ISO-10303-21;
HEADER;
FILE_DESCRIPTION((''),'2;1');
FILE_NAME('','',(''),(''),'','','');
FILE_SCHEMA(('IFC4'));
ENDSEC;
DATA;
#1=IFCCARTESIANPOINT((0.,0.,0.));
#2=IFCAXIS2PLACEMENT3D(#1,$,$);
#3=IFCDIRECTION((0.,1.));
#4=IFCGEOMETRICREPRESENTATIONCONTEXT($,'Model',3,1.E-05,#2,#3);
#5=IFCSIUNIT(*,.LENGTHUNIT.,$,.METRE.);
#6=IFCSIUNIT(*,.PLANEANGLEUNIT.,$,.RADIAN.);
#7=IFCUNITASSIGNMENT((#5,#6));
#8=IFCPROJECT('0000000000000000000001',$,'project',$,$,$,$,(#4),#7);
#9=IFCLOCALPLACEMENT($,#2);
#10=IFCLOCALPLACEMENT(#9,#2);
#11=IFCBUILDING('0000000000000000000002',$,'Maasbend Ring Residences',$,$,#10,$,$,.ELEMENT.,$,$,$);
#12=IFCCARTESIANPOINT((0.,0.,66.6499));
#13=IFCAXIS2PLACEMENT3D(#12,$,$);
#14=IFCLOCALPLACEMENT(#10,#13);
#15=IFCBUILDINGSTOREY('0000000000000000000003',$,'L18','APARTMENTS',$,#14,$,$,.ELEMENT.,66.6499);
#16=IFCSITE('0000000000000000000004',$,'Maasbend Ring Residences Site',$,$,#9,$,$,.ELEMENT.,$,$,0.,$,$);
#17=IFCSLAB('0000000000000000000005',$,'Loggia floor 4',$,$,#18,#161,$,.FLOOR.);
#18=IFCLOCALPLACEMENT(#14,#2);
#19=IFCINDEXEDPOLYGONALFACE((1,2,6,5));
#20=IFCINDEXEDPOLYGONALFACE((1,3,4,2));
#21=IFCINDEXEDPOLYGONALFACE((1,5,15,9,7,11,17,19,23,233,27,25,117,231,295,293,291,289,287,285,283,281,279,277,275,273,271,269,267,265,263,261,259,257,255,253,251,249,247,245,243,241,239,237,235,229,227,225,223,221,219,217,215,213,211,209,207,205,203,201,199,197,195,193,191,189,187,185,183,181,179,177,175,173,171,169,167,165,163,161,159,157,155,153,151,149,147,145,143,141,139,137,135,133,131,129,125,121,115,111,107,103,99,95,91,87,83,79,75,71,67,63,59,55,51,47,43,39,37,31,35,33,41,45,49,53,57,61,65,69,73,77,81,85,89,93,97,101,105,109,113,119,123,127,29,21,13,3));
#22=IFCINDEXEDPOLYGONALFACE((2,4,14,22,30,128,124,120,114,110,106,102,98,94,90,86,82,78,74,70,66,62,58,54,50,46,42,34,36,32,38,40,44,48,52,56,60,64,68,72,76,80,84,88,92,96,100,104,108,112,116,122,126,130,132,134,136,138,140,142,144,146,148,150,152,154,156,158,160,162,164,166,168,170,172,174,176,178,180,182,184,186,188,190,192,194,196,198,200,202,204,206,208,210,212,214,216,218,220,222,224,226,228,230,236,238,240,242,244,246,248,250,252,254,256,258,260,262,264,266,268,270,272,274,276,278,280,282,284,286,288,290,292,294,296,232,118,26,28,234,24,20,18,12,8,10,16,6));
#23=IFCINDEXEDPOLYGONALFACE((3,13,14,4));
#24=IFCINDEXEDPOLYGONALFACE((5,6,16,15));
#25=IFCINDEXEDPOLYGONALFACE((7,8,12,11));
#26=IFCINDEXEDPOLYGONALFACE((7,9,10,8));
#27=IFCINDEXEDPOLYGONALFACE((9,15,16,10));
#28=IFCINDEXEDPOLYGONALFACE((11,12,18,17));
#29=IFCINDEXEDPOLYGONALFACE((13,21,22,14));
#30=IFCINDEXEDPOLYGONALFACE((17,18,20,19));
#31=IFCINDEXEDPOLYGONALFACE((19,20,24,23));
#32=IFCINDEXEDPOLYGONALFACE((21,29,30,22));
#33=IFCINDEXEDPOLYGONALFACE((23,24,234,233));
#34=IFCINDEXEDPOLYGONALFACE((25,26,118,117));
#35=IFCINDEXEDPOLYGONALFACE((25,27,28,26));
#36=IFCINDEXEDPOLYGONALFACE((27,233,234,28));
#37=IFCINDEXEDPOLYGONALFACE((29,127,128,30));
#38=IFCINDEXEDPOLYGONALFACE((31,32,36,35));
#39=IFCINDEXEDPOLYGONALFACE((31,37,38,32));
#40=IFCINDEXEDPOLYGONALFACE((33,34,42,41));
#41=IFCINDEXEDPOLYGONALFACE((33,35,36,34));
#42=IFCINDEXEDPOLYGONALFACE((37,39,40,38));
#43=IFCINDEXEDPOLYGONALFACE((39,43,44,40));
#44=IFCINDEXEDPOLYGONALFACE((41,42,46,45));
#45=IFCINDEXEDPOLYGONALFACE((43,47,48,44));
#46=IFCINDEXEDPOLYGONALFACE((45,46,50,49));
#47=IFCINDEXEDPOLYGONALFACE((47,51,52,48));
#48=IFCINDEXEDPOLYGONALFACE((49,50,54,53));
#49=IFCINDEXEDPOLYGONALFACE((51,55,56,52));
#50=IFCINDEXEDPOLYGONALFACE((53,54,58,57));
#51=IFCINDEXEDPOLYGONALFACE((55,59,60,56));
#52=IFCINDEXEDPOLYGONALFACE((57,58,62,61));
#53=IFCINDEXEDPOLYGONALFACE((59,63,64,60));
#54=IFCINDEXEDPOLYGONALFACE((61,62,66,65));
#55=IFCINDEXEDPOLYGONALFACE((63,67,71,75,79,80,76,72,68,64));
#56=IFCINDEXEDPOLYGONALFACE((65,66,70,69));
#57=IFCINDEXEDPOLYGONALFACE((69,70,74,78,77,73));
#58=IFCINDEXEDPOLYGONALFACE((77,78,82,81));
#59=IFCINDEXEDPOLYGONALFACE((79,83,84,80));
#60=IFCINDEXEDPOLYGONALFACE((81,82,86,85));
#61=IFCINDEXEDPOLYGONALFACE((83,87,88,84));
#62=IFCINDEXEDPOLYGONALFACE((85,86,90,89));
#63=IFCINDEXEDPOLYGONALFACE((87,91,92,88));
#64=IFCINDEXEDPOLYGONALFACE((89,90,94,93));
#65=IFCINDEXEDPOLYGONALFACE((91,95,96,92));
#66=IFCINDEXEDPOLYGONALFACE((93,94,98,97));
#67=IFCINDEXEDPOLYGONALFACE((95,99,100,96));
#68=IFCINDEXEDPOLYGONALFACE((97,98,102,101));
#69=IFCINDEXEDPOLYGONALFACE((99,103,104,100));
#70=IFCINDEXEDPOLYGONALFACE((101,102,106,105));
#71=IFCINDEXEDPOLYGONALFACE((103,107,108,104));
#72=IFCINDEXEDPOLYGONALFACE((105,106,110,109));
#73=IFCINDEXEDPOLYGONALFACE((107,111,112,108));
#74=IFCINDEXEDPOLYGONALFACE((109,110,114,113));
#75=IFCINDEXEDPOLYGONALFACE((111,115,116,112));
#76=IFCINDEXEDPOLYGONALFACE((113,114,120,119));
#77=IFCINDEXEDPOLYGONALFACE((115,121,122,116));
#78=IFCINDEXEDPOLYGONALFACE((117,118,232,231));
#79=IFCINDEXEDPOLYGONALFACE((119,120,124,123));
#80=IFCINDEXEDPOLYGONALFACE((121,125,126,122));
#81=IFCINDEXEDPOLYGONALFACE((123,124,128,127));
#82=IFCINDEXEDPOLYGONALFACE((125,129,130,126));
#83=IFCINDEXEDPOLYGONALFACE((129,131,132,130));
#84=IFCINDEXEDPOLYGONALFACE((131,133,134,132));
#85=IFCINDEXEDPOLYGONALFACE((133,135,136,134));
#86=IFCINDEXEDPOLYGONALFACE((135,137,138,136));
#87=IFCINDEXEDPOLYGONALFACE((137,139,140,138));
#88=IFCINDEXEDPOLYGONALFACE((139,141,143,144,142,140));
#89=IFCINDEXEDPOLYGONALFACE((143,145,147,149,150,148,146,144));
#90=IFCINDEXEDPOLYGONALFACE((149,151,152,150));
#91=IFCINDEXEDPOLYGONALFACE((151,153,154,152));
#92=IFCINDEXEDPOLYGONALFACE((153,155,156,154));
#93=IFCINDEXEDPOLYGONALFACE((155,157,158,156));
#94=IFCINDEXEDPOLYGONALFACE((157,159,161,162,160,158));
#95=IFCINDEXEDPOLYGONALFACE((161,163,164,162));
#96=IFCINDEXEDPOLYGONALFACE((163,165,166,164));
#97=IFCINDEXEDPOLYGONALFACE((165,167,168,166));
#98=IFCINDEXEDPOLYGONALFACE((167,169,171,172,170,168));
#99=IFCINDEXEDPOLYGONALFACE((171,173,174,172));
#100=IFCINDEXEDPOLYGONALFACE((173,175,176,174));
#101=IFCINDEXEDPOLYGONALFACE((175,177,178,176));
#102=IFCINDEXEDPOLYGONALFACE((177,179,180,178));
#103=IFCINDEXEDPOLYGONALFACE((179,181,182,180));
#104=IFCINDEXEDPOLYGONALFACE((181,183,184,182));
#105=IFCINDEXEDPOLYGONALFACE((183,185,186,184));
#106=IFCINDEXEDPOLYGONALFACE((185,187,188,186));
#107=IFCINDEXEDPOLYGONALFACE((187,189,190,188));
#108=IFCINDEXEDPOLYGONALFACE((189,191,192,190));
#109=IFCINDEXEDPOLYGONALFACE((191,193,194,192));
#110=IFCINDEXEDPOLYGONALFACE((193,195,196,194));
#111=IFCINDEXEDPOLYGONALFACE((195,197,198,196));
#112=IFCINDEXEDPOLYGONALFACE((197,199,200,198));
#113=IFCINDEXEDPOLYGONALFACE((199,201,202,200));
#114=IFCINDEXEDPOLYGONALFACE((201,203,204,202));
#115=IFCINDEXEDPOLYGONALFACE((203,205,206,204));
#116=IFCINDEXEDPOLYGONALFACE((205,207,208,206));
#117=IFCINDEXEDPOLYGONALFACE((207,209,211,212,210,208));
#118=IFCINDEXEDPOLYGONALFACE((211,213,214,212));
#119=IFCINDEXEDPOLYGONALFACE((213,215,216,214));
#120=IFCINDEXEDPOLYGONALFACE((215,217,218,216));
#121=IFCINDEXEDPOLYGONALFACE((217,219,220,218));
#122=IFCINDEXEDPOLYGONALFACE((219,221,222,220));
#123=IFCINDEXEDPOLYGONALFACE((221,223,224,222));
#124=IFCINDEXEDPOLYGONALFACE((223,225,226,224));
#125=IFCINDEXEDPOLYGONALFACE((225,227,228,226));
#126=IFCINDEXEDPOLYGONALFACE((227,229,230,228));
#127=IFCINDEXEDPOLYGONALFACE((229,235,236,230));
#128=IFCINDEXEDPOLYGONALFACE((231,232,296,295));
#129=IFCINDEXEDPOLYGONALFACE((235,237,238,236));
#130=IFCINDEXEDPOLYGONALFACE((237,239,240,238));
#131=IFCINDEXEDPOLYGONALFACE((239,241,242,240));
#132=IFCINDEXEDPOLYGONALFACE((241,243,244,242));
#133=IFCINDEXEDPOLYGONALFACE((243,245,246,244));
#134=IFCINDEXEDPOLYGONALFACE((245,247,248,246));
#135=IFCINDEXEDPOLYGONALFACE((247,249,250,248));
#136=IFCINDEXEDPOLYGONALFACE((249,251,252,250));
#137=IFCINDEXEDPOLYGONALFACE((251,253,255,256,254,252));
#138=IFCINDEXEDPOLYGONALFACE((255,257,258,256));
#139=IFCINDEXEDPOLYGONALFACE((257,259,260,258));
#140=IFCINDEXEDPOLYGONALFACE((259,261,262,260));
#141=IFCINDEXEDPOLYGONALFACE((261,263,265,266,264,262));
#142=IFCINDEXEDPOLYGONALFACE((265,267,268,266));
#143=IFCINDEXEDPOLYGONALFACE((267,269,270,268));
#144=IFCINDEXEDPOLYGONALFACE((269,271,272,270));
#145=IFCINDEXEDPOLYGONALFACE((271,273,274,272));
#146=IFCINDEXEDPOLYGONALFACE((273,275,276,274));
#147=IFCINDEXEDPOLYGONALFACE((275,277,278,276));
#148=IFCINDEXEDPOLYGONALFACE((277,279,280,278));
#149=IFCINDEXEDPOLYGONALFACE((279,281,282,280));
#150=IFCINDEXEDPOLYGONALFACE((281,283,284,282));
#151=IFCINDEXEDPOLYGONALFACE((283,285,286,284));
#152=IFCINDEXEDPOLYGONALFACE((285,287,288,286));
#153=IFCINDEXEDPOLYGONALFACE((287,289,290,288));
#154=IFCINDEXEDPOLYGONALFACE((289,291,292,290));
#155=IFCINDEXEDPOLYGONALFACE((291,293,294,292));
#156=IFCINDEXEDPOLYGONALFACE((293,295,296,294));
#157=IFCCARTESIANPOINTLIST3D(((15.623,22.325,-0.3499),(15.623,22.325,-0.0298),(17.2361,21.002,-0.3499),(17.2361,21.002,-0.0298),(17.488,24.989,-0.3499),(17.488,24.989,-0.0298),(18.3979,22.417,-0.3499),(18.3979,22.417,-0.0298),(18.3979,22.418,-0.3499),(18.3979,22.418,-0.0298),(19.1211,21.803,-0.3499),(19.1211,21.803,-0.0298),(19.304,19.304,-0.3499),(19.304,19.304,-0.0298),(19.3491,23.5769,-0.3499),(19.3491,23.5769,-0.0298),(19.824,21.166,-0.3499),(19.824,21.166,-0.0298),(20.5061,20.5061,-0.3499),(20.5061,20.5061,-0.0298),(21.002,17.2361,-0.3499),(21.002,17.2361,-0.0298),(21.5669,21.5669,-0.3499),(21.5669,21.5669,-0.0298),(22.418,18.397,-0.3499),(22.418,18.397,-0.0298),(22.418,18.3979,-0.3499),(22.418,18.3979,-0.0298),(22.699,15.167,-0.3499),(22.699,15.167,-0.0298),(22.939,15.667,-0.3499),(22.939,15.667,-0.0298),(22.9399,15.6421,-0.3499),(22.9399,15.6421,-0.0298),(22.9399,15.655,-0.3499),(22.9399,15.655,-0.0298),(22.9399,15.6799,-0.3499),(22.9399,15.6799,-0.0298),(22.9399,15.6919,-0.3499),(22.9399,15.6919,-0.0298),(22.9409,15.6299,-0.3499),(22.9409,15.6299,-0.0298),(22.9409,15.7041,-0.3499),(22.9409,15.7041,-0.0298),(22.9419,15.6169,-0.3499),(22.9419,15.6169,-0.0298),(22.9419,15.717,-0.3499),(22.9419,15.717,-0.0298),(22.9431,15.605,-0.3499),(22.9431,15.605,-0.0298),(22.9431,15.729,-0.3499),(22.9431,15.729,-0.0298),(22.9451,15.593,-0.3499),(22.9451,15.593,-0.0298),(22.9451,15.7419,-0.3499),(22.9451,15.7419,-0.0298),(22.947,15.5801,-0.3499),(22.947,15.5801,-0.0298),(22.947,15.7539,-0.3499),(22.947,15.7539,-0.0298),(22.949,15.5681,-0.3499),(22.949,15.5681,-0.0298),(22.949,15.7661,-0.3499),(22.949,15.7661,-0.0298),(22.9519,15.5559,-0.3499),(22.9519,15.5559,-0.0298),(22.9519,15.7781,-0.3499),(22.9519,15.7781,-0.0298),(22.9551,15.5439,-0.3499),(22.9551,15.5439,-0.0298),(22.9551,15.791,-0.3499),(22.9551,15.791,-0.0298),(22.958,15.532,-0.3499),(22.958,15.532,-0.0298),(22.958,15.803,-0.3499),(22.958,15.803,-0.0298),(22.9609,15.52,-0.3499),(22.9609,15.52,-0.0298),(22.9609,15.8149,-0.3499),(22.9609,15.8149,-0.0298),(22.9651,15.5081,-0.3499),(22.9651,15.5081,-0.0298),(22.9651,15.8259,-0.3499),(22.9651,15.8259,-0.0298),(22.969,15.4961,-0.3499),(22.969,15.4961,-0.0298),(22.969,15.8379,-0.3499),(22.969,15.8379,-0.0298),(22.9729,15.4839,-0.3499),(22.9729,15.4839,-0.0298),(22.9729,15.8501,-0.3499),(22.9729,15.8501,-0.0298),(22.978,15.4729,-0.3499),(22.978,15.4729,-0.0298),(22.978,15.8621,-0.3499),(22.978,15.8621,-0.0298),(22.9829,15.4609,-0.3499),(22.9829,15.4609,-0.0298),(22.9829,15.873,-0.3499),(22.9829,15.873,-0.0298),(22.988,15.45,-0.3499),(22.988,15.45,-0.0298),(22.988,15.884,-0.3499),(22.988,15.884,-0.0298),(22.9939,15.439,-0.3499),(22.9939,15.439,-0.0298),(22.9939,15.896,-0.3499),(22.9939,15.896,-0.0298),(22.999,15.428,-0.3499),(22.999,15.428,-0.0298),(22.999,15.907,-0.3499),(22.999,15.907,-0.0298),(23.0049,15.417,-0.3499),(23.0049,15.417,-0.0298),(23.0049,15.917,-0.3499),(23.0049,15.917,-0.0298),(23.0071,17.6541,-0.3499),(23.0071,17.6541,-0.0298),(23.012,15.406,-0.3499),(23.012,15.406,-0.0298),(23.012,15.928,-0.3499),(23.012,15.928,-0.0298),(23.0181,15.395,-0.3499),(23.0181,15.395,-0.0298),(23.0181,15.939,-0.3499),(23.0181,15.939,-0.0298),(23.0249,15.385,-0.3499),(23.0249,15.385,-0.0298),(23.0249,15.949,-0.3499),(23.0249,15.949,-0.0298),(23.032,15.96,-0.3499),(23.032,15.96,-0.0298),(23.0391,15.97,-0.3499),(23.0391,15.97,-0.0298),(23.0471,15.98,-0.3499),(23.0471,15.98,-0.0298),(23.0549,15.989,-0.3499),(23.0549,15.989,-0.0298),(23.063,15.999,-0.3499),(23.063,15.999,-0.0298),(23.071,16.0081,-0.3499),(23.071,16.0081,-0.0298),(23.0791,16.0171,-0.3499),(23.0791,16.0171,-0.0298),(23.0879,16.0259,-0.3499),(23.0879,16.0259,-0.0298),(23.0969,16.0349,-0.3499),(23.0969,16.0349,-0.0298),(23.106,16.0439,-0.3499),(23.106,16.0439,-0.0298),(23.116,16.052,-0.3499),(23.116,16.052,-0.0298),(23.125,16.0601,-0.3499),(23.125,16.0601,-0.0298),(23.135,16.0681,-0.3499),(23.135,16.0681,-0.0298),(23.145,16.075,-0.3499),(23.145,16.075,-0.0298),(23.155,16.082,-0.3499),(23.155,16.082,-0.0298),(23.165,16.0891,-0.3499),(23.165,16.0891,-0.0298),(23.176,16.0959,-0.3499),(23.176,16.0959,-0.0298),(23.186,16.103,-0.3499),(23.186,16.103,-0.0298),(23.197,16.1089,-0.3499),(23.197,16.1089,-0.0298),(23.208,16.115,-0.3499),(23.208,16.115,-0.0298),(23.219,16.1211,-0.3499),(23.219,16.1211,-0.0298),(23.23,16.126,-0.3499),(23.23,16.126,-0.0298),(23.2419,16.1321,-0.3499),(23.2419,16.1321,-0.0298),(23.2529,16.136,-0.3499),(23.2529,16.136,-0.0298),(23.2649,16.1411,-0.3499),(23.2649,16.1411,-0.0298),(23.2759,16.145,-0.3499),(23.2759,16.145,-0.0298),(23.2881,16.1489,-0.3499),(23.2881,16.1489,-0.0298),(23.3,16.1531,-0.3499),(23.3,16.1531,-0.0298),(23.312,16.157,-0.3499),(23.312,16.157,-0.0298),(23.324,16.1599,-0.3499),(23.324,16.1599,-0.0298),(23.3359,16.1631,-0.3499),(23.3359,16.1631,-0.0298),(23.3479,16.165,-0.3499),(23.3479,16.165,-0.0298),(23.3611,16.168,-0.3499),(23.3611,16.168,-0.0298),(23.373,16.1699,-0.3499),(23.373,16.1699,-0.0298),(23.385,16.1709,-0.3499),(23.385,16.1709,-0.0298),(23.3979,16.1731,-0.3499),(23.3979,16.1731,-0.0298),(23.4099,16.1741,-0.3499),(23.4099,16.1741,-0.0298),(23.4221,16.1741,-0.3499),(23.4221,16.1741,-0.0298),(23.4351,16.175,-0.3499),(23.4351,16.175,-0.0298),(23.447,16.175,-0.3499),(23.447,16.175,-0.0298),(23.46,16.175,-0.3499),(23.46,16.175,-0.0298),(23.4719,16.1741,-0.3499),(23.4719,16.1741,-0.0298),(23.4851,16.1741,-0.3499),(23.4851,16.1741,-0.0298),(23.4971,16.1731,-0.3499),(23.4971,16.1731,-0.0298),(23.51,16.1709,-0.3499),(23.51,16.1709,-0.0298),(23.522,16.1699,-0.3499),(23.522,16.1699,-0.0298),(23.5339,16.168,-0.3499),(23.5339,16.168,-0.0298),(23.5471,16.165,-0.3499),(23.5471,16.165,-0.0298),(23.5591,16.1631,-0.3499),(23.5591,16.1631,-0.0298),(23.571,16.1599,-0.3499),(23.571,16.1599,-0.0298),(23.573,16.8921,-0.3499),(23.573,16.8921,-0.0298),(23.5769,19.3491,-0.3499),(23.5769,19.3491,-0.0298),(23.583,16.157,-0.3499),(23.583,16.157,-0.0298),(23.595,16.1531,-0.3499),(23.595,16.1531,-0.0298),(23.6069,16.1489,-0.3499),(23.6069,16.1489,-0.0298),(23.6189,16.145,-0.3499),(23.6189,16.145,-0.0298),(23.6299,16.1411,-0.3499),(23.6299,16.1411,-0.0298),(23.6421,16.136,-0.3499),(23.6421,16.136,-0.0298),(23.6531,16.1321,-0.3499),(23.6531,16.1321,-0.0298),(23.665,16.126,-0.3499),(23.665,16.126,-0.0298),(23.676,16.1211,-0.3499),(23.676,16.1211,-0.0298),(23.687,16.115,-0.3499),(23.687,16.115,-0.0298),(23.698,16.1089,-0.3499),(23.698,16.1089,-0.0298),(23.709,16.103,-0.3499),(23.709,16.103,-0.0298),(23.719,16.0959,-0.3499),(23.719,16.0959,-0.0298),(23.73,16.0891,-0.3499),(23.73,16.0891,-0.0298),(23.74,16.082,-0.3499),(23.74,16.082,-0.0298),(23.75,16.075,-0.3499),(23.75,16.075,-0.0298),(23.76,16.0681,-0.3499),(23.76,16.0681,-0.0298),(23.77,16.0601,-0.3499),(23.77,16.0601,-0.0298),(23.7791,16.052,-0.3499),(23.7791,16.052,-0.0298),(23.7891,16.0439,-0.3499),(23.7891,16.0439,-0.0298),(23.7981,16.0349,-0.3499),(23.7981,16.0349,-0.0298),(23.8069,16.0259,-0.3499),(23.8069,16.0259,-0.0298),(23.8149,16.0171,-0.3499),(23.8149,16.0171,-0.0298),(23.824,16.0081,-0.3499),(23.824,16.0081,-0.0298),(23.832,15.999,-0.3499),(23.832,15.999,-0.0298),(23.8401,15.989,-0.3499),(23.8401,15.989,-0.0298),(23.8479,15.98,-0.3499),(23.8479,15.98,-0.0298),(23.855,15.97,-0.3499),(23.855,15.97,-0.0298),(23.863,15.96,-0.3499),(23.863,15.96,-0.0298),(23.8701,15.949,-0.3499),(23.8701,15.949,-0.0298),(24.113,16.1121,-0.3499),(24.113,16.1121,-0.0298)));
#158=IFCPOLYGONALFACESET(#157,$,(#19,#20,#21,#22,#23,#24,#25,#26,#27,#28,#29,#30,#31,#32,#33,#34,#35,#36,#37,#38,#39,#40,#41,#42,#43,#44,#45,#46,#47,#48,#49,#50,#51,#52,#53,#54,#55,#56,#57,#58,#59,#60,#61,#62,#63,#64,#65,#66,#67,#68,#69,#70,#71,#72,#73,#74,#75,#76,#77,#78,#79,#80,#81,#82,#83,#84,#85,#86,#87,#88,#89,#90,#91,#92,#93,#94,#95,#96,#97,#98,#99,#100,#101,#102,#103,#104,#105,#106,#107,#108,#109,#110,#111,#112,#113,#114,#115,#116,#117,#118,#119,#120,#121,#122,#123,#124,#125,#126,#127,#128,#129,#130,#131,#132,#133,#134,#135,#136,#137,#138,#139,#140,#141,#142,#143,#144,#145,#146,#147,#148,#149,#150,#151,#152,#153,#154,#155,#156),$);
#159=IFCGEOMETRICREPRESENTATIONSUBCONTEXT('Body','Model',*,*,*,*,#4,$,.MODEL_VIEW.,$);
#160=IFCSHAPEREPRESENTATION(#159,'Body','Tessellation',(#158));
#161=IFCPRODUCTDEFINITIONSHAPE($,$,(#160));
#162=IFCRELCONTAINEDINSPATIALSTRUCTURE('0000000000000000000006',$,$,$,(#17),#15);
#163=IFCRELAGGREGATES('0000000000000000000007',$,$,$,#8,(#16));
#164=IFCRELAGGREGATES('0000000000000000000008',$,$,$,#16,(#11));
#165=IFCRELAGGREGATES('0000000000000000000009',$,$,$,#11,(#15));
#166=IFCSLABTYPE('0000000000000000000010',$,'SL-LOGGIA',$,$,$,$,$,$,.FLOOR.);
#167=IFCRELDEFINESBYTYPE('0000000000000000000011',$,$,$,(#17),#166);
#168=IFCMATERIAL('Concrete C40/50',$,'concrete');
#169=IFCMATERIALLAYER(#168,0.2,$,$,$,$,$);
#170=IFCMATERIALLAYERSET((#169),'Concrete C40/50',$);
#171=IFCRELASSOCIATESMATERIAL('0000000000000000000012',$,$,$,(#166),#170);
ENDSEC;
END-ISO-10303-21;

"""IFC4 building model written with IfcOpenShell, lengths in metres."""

from ifc_helpers import new_model, si_unit, direction, frame, origin, place, context, subcontext, project, spatial, polyline, outline, extrude, material, layer, layer_set, type_object, element, save


model = new_model("IFC4")

# Units and contexts
model_context = context("Model", 3, precision=1e-05, world=origin(), true_north=direction((0.0, 1.0)))
body_context = subcontext(model_context, "Body", "Model", "MODEL_VIEW")
ifc_project = project(units=[si_unit("LENGTHUNIT", "METRE"), si_unit("PLANEANGLEUNIT", "RADIAN")], contexts=[model_context])

# Site, building, storey
site_placement = place(None, origin())
site = spatial("IfcSite", under=ifc_project, at=site_placement, Name="Maasbend Ring Residences Site", CompositionType="ELEMENT", RefElevation=0.0)
building_placement = place(site_placement, origin())
building = spatial("IfcBuilding", under=site, at=building_placement, Name="Maasbend Ring Residences", CompositionType="ELEMENT")
storey_placement = place(building_placement, frame((0.0, 0.0, 66.6499)))
storey = spatial("IfcBuildingStorey", under=building, at=storey_placement, Name="L18", Description="APARTMENTS", CompositionType="ELEMENT", Elevation=66.6499)

# Slab
ifc_material_1 = material(Name="Concrete C40/50", Category="concrete")
ifc_layer_1 = layer(ifc_material_1, 0.2)
ifc_layer_set_1 = layer_set([ifc_layer_1], Name="Concrete C40/50")
slab_type_1 = type_object("IfcSlabType", Name="SL-LOGGIA", PredefinedType="FLOOR", material=ifc_layer_set_1)
slab_1_placement = place(storey_placement, frame((0.0, 0.0, -0.3499)))
element("IfcSlab", 1, at=slab_1_placement, inside=storey, type_object=slab_type_1, Name="Loggia floor 4", PredefinedType="FLOOR", context=body_context, shape_type="SweptSolid", body=[
    extrude(outline(polyline([(19.3491, 23.5769), (19.3491, 23.5769), (19.3491, 23.5769), (18.3979, 22.418), (18.3979, 22.418), (18.3979, 22.418), (18.3979, 22.418), (18.3979, 22.418), (18.3979, 22.417), (18.3979, 22.417), (18.3979, 22.417), (18.3979, 22.417), (18.3979, 22.417), (18.3979, 22.417), (18.3979, 22.417), (18.3979, 22.417), (18.3979, 22.417), (18.3979, 22.417), (18.3979, 22.417), (18.3979, 22.417), (19.1211, 21.803), (19.1211, 21.803), (19.824, 21.166), (19.824, 21.166), (20.5061, 20.5061), (20.5061, 20.5061), (20.5061, 20.5061), (20.5061, 20.5061), (20.5061, 20.5061), (20.5061, 20.5061), (20.5061, 20.5061), (20.5061, 20.5061), (20.5061, 20.5061), (20.5061, 20.5061), (20.5061, 20.5061), (20.5061, 20.5061), (20.5061, 20.5061), (20.5061, 20.5061), (20.5061, 20.5061), (20.5061, 20.5061), (20.5061, 20.5061), (21.5669, 21.5669), (21.5669, 21.5669), (21.5669, 21.5669), (23.5769, 19.3491), (23.5769, 19.3491), (23.5769, 19.3491), (22.418, 18.3979), (22.418, 18.3979), (22.418, 18.3979), (22.418, 18.3979), (22.418, 18.3979), (22.418, 18.3979), (22.418, 18.397), (22.418, 18.397), (22.418, 18.397), (22.418, 18.397), (22.418, 18.397), (22.418, 18.397), (22.418, 18.397), (22.418, 18.397), (22.418, 18.397), (22.418, 18.397), (22.418, 18.397), (23.0071, 17.6541), (23.0071, 17.6541), (23.573, 16.8921), (23.573, 16.8921), (24.113, 16.1121), (24.113, 16.1121), (24.113, 16.1121), (23.8701, 15.949), (23.8701, 15.949), (23.863, 15.96), (23.855, 15.97), (23.8479, 15.98), (23.8401, 15.989), (23.832, 15.999), (23.824, 16.0081), (23.8149, 16.0171), (23.8069, 16.0259), (23.7981, 16.0349), (23.7891, 16.0439), (23.7791, 16.052), (23.77, 16.0601), (23.76, 16.0681), (23.75, 16.075), (23.74, 16.082), (23.73, 16.0891), (23.719, 16.0959), (23.709, 16.103), (23.698, 16.1089), (23.687, 16.115), (23.676, 16.1211), (23.665, 16.126), (23.6531, 16.1321), (23.6421, 16.136), (23.6299, 16.1411), (23.6189, 16.145), (23.6069, 16.1489), (23.595, 16.1531), (23.583, 16.157), (23.571, 16.1599), (23.5591, 16.1631), (23.5471, 16.165), (23.5339, 16.168), (23.522, 16.1699), (23.51, 16.1709), (23.4971, 16.1731), (23.4851, 16.1741), (23.4719, 16.1741), (23.46, 16.175), (23.447, 16.175), (23.4351, 16.175), (23.4221, 16.1741), (23.4099, 16.1741), (23.3979, 16.1731), (23.385, 16.1709), (23.373, 16.1699), (23.3611, 16.168), (23.3479, 16.165), (23.3359, 16.1631), (23.324, 16.1599), (23.312, 16.157), (23.3, 16.1531), (23.2881, 16.1489), (23.2759, 16.145), (23.2649, 16.1411), (23.2529, 16.136), (23.2419, 16.1321), (23.23, 16.126), (23.219, 16.1211), (23.208, 16.115), (23.197, 16.1089), (23.186, 16.103), (23.176, 16.0959), (23.165, 16.0891), (23.155, 16.082), (23.145, 16.075), (23.135, 16.0681), (23.125, 16.0601), (23.116, 16.052), (23.106, 16.0439), (23.0969, 16.0349), (23.0879, 16.0259), (23.0791, 16.0171), (23.071, 16.0081), (23.063, 15.999), (23.0549, 15.989), (23.0471, 15.98), (23.0391, 15.97), (23.032, 15.96), (23.0249, 15.949), (23.0181, 15.939), (23.012, 15.928), (23.0049, 15.917), (22.999, 15.907), (22.9939, 15.896), (22.988, 15.884), (22.9829, 15.873), (22.978, 15.8621), (22.9729, 15.8501), (22.969, 15.8379), (22.9651, 15.8259), (22.9609, 15.8149), (22.958, 15.803), (22.9551, 15.791), (22.9519, 15.7781), (22.949, 15.7661), (22.947, 15.7539), (22.9451, 15.7419), (22.9431, 15.729), (22.9419, 15.717), (22.9409, 15.7041), (22.9399, 15.6919), (22.9399, 15.6799), (22.939, 15.667), (22.9399, 15.655), (22.9399, 15.6421), (22.9409, 15.6299), (22.9419, 15.6169), (22.9431, 15.605), (22.9451, 15.593), (22.947, 15.5801), (22.949, 15.5681), (22.9519, 15.5559), (22.9551, 15.5439), (22.958, 15.532), (22.9609, 15.52), (22.9651, 15.5081), (22.969, 15.4961), (22.9729, 15.4839), (22.978, 15.4729), (22.9829, 15.4609), (22.988, 15.45), (22.9939, 15.439), (22.999, 15.428), (23.0049, 15.417), (23.012, 15.406), (23.0181, 15.395), (23.0249, 15.385), (23.0249, 15.385), (22.699, 15.167), (22.699, 15.167), (22.699, 15.167), (21.002, 17.2361), (19.304, 19.304), (19.304, 19.304), (19.304, 19.304), (17.2361, 21.002), (15.623, 22.325), (15.623, 22.325), (15.623, 22.325), (17.488, 24.989), (17.488, 24.989), (17.488, 24.989), (19.3491, 23.5769)])), origin(), (0.0, 0.0, 1.0), 0.3201),
])

save(model, "model.ifc")
